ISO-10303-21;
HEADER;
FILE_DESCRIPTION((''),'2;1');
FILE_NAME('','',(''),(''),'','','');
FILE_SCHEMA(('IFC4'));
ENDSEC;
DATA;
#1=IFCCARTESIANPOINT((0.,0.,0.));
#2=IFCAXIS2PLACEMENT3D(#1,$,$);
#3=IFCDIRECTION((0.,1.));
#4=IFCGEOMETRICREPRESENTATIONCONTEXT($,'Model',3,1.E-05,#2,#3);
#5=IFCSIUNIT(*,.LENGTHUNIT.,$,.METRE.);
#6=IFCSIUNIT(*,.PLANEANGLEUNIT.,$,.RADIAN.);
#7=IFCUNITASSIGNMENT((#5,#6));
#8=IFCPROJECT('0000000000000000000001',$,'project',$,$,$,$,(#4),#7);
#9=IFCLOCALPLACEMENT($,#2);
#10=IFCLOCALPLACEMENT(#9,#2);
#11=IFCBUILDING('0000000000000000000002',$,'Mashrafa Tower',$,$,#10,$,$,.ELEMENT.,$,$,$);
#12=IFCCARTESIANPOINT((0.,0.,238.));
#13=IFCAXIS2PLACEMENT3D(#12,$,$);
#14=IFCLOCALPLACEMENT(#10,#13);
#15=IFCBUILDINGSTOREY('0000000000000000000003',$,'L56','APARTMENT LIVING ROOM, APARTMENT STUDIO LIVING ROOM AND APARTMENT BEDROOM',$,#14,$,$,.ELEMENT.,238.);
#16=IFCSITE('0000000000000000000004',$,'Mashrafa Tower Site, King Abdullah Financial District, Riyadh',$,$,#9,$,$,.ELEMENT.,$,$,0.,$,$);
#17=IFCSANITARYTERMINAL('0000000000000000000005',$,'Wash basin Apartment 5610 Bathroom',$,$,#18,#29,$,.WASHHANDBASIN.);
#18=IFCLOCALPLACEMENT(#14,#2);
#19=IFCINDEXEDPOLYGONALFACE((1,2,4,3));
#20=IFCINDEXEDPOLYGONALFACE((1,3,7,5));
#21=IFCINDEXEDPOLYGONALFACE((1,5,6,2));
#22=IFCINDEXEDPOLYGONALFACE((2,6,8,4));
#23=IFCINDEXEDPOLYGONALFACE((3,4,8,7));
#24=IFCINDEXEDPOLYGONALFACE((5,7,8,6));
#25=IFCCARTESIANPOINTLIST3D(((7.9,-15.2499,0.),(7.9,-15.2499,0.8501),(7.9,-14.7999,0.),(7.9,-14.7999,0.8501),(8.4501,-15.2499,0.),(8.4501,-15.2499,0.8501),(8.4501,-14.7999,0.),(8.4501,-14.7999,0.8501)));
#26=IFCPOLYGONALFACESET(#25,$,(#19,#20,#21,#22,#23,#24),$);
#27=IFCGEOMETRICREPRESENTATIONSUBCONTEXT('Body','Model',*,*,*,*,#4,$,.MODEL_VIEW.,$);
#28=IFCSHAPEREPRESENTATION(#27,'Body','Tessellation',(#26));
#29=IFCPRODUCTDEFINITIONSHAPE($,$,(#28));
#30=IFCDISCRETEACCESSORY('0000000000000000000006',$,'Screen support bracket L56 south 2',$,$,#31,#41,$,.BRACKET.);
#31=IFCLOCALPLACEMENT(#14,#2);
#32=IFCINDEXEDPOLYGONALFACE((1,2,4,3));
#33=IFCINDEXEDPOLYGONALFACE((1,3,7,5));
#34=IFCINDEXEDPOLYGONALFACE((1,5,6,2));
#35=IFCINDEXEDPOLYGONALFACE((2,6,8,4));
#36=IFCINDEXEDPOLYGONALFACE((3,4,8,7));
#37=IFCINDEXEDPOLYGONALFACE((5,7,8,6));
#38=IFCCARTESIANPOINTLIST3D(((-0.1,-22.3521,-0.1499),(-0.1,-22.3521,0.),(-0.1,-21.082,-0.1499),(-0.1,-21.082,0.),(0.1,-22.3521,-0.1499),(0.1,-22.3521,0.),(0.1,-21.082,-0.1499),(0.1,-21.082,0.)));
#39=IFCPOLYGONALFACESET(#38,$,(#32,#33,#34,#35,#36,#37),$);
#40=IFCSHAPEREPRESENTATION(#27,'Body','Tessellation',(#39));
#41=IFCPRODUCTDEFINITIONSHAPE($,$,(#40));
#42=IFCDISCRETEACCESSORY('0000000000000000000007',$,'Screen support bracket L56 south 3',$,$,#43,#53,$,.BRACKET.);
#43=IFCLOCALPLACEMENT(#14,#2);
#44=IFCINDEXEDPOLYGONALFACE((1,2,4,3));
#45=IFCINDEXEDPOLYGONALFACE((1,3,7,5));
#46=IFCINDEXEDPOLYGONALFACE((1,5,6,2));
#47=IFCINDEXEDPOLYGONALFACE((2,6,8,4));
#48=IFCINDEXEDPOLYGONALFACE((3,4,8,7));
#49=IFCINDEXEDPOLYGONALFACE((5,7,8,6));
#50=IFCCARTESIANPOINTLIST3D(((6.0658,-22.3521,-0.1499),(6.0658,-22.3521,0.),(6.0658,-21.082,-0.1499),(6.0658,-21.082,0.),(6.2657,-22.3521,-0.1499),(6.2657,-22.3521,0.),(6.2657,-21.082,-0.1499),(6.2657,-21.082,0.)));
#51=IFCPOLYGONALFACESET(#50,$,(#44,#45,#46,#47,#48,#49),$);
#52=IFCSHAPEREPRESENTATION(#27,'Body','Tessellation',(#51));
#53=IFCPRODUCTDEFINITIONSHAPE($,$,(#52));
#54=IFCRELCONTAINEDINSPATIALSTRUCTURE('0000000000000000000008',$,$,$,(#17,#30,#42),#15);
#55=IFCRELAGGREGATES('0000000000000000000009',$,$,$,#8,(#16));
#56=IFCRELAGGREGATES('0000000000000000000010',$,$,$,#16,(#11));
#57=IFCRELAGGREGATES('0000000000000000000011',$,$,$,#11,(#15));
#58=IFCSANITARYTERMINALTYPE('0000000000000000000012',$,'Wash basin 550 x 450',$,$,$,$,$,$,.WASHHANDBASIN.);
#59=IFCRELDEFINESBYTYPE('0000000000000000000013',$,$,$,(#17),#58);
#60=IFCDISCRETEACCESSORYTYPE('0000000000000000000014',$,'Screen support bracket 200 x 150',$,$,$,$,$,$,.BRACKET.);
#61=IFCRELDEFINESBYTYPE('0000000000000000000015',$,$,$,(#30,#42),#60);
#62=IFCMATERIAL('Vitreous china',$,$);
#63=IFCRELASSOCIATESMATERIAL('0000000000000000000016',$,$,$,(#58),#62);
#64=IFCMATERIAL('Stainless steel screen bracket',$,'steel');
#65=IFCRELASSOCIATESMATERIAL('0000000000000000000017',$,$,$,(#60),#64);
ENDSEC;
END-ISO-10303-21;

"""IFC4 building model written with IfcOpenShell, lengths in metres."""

from ifc_helpers import new_model, si_unit, direction, frame, origin, origin_2d, place, context, subcontext, project, spatial, rectangle, extrude, source, transform, mapped, material, type_object, type_shapes, element, save


model = new_model("IFC4")

# Units and contexts
model_context = context("Model", 3, precision=1e-05, world=origin(), true_north=direction((0.0, 1.0)))
body_context = subcontext(model_context, "Body", "Model", "MODEL_VIEW")
ifc_project = project(units=[si_unit("LENGTHUNIT", "METRE"), si_unit("PLANEANGLEUNIT", "RADIAN")], contexts=[model_context])

# Site, building, storey
site_placement = place(None, origin())
site = spatial("IfcSite", under=ifc_project, at=site_placement, Name="Mashrafa Tower Site, King Abdullah Financial District, Riyadh", CompositionType="ELEMENT", RefElevation=0.0)
building_placement = place(site_placement, origin())
building = spatial("IfcBuilding", under=site, at=building_placement, Name="Mashrafa Tower", CompositionType="ELEMENT")
storey_placement = place(building_placement, frame((0.0, 0.0, 238.0)))
storey = spatial("IfcBuildingStorey", under=building, at=storey_placement, Name="L56", Description="APARTMENT LIVING ROOM, APARTMENT STUDIO LIVING ROOM AND APARTMENT BEDROOM", CompositionType="ELEMENT", Elevation=238.0)

# Sanitary terminal
ifc_material_1 = material(Name="Vitreous china")
sanitary_terminal_type_1 = type_object("IfcSanitaryTerminalType", Name="Wash basin 550 x 450", PredefinedType="WASHHANDBASIN", material=ifc_material_1)
sanitary_terminal_1_placement = place(storey_placement, frame((8.175, -15.0249, 0.0), z_axis=(0.0, 0.0, 1.0), x_axis=(1.0, 0.0, 0.0)))
element("IfcSanitaryTerminal", 1, at=sanitary_terminal_1_placement, inside=storey, type_object=sanitary_terminal_type_1, Name="Wash basin Apartment 5610 Bathroom", PredefinedType="WASHHANDBASIN", context=body_context, shape_type="SweptSolid", body=[
    extrude(rectangle(XDim=0.55, YDim=0.45, at=origin_2d()), origin(), (0.0, 0.0, 1.0), 0.8501),
])

# Discrete accessories
ifc_material_2 = material(Name="Stainless steel screen bracket", Category="steel")
discrete_accessory_type = type_object("IfcDiscreteAccessoryType", Name="Screen support bracket 200 x 150", PredefinedType="BRACKET", material=ifc_material_2)
shared_shape_1 = source(origin(), body_context, "Body", "SweptSolid", [
    extrude(rectangle(XDim=0.2, YDim=1.27, at=origin_2d()), origin(), (0.0, 0.0, 1.0), 0.1499),
])
type_shapes(discrete_accessory_type, [shared_shape_1])
for number, where, z_axis, x_axis, name in (
    (2, (0.0, -21.717, -0.1499), (0.0, 0.0, 1.0), (1.0, 0.0, 0.0), "Screen support bracket L56 south 2"),
    (3, (6.1658, -21.717, -0.1499), (0.0, 0.0, 1.0), (1.0, 0.0, 0.0), "Screen support bracket L56 south 3"),
):
    element("IfcDiscreteAccessory", number, at=place(storey_placement, frame(where, z_axis=z_axis, x_axis=x_axis)), inside=storey, type_object=discrete_accessory_type, Name=name, PredefinedType="BRACKET", context=body_context, shape_type="MappedRepresentation", body=[
        mapped(shared_shape_1, transform((0.0, 0.0, 0.0))),
    ])

save(model, "model.ifc")
